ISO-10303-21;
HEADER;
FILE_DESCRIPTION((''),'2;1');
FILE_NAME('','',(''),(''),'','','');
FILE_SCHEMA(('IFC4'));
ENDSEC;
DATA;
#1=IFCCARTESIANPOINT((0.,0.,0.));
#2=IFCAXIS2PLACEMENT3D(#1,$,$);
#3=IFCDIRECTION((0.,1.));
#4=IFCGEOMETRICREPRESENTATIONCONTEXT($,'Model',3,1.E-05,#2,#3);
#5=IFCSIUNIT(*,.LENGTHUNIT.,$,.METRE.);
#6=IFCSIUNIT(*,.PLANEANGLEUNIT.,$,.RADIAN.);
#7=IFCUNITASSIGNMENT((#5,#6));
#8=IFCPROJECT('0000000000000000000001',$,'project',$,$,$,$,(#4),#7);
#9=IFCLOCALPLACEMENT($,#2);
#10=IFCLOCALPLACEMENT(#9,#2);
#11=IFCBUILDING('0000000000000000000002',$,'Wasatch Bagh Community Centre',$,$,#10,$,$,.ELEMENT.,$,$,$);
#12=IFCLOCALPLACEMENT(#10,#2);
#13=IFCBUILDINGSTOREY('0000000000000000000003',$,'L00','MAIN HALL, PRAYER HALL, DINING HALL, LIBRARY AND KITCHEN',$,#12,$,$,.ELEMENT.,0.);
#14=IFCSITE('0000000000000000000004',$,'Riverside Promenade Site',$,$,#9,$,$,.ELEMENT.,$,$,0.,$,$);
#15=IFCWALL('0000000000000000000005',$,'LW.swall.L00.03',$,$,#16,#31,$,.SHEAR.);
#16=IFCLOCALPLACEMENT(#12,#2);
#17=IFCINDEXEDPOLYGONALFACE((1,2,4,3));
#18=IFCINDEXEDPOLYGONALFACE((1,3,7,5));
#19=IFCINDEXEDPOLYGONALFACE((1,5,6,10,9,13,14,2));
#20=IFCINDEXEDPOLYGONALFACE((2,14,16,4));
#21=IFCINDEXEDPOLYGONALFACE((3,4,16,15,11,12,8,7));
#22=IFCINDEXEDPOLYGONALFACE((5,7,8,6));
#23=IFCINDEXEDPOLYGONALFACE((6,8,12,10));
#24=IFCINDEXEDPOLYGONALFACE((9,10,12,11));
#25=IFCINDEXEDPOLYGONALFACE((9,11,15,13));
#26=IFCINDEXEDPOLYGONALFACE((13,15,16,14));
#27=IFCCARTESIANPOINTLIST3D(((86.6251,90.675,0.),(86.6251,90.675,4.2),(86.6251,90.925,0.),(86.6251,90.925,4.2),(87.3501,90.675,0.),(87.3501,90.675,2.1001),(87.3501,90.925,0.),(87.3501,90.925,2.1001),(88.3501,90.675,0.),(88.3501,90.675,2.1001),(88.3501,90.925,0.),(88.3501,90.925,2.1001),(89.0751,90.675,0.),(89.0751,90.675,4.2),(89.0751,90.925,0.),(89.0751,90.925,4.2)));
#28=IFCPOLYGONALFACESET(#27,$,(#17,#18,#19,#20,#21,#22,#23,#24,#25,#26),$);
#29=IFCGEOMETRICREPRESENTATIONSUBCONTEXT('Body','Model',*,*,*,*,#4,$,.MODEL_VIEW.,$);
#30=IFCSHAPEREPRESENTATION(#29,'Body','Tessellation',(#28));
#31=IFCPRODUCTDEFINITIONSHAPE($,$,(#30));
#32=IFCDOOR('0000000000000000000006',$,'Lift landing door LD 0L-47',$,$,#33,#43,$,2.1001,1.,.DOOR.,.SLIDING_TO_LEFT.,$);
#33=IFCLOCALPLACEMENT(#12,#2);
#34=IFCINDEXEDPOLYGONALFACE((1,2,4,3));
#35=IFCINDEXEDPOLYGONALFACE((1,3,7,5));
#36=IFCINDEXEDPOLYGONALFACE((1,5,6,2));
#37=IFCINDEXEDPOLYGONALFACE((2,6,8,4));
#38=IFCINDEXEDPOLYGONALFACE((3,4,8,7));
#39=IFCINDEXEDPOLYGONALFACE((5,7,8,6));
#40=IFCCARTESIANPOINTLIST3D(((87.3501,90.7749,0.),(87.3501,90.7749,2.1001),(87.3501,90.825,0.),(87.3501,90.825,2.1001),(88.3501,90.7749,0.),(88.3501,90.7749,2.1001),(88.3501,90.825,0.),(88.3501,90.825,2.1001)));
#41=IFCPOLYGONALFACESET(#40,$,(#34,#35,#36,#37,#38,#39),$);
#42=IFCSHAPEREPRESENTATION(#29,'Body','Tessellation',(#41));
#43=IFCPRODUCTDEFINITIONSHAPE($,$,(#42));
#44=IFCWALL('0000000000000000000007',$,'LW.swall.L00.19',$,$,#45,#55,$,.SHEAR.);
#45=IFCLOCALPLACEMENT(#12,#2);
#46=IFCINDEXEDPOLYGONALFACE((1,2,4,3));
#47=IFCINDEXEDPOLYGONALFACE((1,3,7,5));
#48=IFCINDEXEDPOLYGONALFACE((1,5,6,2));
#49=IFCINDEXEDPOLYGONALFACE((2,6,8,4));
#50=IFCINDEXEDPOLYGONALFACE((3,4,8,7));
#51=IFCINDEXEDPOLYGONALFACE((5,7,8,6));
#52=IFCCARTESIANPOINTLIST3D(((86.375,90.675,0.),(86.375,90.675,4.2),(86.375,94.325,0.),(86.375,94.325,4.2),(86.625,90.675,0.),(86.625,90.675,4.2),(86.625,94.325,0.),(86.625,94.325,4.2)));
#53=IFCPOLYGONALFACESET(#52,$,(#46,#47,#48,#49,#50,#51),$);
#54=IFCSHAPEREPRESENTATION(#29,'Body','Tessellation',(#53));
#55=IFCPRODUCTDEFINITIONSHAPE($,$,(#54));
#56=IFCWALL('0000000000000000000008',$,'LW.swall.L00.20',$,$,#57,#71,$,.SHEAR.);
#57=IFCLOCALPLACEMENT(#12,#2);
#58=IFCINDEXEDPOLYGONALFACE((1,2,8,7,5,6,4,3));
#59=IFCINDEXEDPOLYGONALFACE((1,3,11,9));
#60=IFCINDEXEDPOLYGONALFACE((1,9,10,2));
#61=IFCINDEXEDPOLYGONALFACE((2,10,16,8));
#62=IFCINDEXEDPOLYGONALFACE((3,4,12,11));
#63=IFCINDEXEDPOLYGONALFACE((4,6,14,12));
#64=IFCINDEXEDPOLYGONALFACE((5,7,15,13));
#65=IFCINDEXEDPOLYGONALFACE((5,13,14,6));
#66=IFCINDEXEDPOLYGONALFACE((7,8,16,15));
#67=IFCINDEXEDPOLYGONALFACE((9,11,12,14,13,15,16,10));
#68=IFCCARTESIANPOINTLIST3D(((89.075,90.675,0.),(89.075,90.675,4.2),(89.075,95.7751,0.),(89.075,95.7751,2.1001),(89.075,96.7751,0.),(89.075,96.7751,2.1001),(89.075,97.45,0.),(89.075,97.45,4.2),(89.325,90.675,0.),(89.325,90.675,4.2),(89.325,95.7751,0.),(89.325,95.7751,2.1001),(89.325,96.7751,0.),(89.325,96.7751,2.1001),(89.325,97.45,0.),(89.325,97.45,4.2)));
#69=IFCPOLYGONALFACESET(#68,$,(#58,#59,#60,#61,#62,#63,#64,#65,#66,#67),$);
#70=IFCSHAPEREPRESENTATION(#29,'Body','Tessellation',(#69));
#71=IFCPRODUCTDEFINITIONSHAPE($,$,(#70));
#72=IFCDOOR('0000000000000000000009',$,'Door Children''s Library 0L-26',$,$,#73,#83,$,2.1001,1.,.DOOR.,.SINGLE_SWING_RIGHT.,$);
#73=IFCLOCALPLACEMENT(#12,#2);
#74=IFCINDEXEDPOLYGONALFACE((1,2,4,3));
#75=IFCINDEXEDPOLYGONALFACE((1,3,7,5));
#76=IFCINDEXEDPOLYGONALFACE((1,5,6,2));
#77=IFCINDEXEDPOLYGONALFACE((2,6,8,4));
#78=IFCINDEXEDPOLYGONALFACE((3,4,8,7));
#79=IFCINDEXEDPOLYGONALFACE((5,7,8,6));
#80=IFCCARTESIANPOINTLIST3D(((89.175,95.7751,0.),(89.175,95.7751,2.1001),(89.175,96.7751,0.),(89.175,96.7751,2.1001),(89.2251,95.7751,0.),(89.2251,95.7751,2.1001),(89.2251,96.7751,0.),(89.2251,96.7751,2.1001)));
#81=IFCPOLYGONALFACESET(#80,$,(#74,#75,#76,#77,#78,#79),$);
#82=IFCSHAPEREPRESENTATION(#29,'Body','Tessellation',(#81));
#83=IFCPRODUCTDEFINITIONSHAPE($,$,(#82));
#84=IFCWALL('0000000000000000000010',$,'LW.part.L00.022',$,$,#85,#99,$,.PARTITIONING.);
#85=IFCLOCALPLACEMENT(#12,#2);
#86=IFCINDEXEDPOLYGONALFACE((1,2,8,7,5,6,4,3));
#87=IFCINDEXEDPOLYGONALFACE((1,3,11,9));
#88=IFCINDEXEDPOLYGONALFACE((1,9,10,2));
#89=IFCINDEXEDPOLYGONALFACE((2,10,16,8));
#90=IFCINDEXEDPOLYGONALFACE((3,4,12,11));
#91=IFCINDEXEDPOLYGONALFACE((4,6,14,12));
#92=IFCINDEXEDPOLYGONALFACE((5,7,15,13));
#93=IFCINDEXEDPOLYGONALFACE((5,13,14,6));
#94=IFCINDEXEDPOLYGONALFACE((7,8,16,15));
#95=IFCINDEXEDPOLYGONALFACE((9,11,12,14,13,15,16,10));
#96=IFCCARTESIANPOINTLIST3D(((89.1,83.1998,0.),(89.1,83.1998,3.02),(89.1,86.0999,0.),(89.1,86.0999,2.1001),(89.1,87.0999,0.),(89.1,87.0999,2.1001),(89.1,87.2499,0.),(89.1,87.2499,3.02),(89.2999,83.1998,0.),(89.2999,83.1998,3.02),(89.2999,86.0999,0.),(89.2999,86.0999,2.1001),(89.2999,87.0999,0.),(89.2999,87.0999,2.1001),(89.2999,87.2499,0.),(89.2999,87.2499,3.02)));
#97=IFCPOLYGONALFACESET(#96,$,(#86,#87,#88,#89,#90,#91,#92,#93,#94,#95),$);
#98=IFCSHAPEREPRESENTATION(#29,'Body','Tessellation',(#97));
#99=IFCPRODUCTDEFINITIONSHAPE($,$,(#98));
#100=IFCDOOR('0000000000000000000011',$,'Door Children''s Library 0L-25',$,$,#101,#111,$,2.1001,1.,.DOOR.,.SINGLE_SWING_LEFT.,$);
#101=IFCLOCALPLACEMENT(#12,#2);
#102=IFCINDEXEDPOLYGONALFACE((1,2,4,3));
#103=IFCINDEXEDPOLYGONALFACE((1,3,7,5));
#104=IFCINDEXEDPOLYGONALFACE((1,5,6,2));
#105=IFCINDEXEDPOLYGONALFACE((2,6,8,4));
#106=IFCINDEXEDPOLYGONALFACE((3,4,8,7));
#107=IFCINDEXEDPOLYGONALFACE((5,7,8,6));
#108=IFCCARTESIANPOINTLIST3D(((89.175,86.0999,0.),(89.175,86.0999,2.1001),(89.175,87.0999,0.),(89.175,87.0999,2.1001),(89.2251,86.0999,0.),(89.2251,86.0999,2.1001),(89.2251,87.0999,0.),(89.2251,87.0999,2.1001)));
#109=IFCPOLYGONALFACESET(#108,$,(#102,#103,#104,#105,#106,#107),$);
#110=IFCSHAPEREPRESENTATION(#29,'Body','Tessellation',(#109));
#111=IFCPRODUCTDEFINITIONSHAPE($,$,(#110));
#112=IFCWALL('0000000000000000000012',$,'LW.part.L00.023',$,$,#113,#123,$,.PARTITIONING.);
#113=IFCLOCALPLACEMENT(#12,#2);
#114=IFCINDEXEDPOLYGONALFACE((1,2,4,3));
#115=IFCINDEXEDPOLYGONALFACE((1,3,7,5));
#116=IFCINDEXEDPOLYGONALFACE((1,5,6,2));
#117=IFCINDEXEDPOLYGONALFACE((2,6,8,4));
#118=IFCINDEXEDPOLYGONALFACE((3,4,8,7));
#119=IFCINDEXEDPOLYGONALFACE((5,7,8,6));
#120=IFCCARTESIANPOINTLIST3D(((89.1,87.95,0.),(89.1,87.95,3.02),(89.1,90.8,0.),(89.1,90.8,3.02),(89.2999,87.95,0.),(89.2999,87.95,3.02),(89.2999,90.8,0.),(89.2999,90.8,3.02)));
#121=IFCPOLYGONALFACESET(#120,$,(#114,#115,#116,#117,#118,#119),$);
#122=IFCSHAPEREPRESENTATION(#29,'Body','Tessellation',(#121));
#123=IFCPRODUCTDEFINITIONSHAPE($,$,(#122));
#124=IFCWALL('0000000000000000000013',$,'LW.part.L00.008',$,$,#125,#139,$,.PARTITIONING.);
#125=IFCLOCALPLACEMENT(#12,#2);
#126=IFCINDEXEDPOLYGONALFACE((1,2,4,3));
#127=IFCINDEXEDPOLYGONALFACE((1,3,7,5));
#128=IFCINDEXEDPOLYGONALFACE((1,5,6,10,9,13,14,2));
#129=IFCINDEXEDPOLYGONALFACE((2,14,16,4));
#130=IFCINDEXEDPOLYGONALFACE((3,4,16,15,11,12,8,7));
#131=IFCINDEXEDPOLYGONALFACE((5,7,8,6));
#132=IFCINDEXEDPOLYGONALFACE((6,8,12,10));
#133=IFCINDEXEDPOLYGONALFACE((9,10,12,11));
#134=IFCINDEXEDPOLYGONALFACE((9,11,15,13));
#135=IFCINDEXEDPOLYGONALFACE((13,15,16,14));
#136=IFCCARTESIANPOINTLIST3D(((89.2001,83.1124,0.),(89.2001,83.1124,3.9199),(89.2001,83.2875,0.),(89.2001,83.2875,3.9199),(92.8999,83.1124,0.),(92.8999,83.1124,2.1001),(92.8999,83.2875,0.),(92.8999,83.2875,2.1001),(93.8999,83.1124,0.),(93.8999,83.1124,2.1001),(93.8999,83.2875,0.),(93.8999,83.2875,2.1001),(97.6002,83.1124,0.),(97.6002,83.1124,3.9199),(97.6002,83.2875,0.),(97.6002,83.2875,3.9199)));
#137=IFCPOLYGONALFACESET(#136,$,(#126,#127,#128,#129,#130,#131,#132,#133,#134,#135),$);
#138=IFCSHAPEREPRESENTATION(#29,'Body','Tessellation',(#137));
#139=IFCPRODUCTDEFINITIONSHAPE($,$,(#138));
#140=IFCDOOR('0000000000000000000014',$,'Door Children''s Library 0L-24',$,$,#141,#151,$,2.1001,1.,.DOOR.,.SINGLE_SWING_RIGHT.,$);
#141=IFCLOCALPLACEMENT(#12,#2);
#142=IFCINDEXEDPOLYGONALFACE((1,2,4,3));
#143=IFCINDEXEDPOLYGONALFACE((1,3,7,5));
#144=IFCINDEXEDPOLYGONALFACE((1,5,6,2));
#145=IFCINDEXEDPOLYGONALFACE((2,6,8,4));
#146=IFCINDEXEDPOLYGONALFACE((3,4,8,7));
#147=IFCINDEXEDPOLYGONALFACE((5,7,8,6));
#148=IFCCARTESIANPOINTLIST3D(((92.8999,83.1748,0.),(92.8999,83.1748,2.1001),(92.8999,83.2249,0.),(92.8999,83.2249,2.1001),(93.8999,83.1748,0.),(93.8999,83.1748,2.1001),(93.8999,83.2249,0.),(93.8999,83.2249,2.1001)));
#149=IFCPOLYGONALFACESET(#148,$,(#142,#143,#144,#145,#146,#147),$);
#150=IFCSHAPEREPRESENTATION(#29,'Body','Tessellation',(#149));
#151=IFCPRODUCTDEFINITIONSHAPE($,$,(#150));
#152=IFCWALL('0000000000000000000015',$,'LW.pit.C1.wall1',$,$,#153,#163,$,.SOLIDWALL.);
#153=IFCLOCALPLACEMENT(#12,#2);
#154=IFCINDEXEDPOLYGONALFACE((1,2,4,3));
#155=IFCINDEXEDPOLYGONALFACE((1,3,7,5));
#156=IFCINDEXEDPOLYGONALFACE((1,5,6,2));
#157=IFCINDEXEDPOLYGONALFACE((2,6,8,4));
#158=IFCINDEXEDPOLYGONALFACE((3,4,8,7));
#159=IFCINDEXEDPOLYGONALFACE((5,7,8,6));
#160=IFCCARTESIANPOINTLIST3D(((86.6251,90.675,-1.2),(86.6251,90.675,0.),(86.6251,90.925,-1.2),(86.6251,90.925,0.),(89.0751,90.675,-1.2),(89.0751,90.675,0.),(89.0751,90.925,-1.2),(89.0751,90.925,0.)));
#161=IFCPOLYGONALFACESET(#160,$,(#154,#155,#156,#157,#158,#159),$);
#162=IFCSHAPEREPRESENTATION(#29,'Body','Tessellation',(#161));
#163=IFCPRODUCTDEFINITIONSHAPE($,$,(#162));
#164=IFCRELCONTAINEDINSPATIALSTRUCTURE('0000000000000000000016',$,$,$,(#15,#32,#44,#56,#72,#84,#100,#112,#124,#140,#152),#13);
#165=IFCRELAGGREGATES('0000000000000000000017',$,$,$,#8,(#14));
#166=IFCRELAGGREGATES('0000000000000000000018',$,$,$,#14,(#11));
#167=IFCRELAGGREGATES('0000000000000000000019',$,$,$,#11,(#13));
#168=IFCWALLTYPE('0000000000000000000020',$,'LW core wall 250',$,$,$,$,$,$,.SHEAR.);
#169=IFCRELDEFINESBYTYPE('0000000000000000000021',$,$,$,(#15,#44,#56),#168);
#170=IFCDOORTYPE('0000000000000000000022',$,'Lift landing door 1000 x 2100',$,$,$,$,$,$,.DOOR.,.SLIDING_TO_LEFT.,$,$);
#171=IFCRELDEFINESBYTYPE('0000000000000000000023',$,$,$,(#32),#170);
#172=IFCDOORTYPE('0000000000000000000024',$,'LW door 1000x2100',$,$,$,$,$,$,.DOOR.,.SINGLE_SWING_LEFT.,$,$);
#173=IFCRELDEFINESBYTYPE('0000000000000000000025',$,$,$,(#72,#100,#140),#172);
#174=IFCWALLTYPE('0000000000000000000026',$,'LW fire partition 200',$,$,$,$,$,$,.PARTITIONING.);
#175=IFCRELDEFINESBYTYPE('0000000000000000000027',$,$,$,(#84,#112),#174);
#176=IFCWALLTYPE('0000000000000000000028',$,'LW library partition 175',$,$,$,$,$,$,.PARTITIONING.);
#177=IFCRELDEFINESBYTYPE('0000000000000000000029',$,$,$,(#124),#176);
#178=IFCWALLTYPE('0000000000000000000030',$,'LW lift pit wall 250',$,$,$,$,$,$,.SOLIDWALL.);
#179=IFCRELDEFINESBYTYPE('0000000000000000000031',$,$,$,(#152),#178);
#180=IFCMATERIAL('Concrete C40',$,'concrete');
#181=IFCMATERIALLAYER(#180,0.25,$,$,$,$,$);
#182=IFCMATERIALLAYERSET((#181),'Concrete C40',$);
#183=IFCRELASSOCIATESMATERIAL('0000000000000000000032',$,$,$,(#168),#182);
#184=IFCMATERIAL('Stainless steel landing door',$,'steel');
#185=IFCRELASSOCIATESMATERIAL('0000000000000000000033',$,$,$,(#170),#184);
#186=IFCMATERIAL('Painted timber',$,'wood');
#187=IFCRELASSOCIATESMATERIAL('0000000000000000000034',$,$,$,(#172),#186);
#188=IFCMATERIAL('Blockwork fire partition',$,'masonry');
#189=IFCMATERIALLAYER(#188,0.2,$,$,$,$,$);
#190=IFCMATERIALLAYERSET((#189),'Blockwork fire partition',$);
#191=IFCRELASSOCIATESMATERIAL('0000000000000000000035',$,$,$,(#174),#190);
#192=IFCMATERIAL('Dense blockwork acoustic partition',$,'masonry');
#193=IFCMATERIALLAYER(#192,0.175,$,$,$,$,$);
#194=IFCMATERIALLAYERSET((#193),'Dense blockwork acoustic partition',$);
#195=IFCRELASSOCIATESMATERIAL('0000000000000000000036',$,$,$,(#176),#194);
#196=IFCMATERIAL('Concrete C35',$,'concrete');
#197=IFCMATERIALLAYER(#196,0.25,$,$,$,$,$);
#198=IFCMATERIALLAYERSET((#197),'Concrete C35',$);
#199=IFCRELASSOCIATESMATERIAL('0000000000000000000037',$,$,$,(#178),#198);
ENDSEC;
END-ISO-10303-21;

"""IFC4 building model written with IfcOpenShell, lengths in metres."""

from ifc_helpers import new_model, si_unit, direction, frame, frame_2d, origin, place, context, subcontext, project, spatial, rectangle, extrude, material, layer, layer_set, type_object, element, fill, save


model = new_model("IFC4")

# Units and contexts
model_context = context("Model", 3, precision=1e-05, world=origin(), true_north=direction((0.0, 1.0)))
body_context = subcontext(model_context, "Body", "Model", "MODEL_VIEW")
ifc_project = project(units=[si_unit("LENGTHUNIT", "METRE"), si_unit("PLANEANGLEUNIT", "RADIAN")], contexts=[model_context])

# Site, building, storey
site_placement = place(None, origin())
site = spatial("IfcSite", under=ifc_project, at=site_placement, Name="Riverside Promenade Site", CompositionType="ELEMENT", RefElevation=0.0)
building_placement = place(site_placement, origin())
building = spatial("IfcBuilding", under=site, at=building_placement, Name="Wasatch Bagh Community Centre", CompositionType="ELEMENT")
storey_placement = place(building_placement, origin())
storey = spatial("IfcBuildingStorey", under=building, at=storey_placement, Name="L00", Description="MAIN HALL, PRAYER HALL, DINING HALL, LIBRARY AND KITCHEN", CompositionType="ELEMENT", Elevation=0.0)

# Shared definitions
ifc_material_1 = material(Name="Concrete C35", Category="concrete")

# Shared definitions
ifc_material_2 = material(Name="Concrete C40", Category="concrete")

# Wall, opening, door
ifc_layer_1 = layer(ifc_material_2, 0.25)
ifc_layer_set_1 = layer_set([ifc_layer_1], Name="Concrete C40")
wall_type_1 = type_object("IfcWallType", Name="LW core wall 250", PredefinedType="SHEAR", material=ifc_layer_set_1)
wall_1_placement = place(storey_placement, frame((86.625, 90.8, 0.0), z_axis=(0.0, 0.0, 1.0), x_axis=(1.0, 0.0, 0.0)))
wall_1 = element("IfcWall", 1, at=wall_1_placement, inside=storey, type_object=wall_type_1, Name="LW.swall.L00.03", PredefinedType="SHEAR", context=body_context, shape_type="SweptSolid", body=[
    extrude(rectangle(XDim=2.45, YDim=0.25, at=frame_2d((1.2251, 0.0))), origin(), (0.0, 0.0, 1.0), 4.2),
])
opening_1_placement = place(wall_1_placement, frame((0.7251, 0.0, 0.0)))
opening_1 = element("IfcOpeningElement", 2, at=opening_1_placement, cuts=wall_1, PredefinedType="OPENING", context=body_context, shape_type="SweptSolid", body=[
    extrude(rectangle(XDim=1.0, YDim=2.1001, at=frame_2d((0.5, 1.05))), frame((0.0, 0.135, 0.0), z_axis=(0.0, -1.0, 0.0), x_axis=(1.0, 0.0, 0.0)), (0.0, 0.0, 1.0), 0.27),
])
ifc_material_3 = material(Name="Stainless steel landing door", Category="steel")
door_type_1 = type_object("IfcDoorType", Name="Lift landing door 1000 x 2100", OperationType="SLIDING_TO_LEFT", PredefinedType="DOOR", material=ifc_material_3)
door_1_placement = place(opening_1_placement, origin())
door_1 = element("IfcDoor", 3, at=door_1_placement, inside=storey, type_object=door_type_1, Name="Lift landing door LD 0L-47", OperationType="SLIDING_TO_LEFT", OverallHeight=2.1001, OverallWidth=1.0, PredefinedType="DOOR", context=body_context, shape_type="SweptSolid", body=[
    extrude(rectangle(XDim=1.0, YDim=2.1001, at=frame_2d((0.5, 1.05))), frame((0.0, 0.0249, 0.0), z_axis=(0.0, -1.0, 0.0), x_axis=(1.0, 0.0, 0.0)), (0.0, 0.0, 1.0), 0.05),
])
fill(opening_1, door_1)

# Wall
wall_2_placement = place(storey_placement, frame((86.5, 90.675, 0.0), z_axis=(0.0, 0.0, 1.0), x_axis=(0.0, 1.0, 0.0)))
element("IfcWall", 4, at=wall_2_placement, inside=storey, type_object=wall_type_1, Name="LW.swall.L00.19", PredefinedType="SHEAR", context=body_context, shape_type="SweptSolid", body=[
    extrude(rectangle(XDim=3.6499, YDim=0.25, at=frame_2d((1.825, 0.0))), origin(), (0.0, 0.0, 1.0), 4.2),
])

# Walls, openings, doors
wall_3_placement = place(storey_placement, frame((89.2, 90.675, 0.0), z_axis=(0.0, 0.0, 1.0), x_axis=(0.0, 1.0, 0.0)))
wall_3 = element("IfcWall", 5, at=wall_3_placement, inside=storey, type_object=wall_type_1, Name="LW.swall.L00.20", PredefinedType="SHEAR", context=body_context, shape_type="SweptSolid", body=[
    extrude(rectangle(XDim=6.7749, YDim=0.25, at=frame_2d((3.3875, 0.0))), origin(), (0.0, 0.0, 1.0), 4.2),
])
opening_2_placement = place(wall_3_placement, frame((5.1001, 0.0, 0.0)))
opening_2 = element("IfcOpeningElement", 6, at=opening_2_placement, cuts=wall_3, PredefinedType="OPENING", context=body_context, shape_type="SweptSolid", body=[
    extrude(rectangle(XDim=1.0, YDim=2.1001, at=frame_2d((0.5, 1.05))), frame((0.0, 0.135, 0.0), z_axis=(0.0, -1.0, 0.0), x_axis=(1.0, 0.0, 0.0)), (0.0, 0.0, 1.0), 0.27),
])
ifc_material_4 = material(Name="Painted timber", Category="wood")
door_type_2 = type_object("IfcDoorType", Name="LW door 1000x2100", OperationType="SINGLE_SWING_LEFT", PredefinedType="DOOR", material=ifc_material_4)
door_2_placement = place(opening_2_placement, origin())
door_2 = element("IfcDoor", 7, at=door_2_placement, inside=storey, type_object=door_type_2, Name="Door Children's Library 0L-26", OperationType="SINGLE_SWING_RIGHT", OverallHeight=2.1001, OverallWidth=1.0, PredefinedType="DOOR", context=body_context, shape_type="SweptSolid", body=[
    extrude(rectangle(XDim=1.0, YDim=2.1001, at=frame_2d((0.5, 1.05))), frame((0.0, 0.0249, 0.0), z_axis=(0.0, -1.0, 0.0), x_axis=(1.0, 0.0, 0.0)), (0.0, 0.0, 1.0), 0.05),
])
fill(opening_2, door_2)
ifc_material_5 = material(Name="Blockwork fire partition", Category="masonry")
ifc_layer_2 = layer(ifc_material_5, 0.2)
ifc_layer_set_2 = layer_set([ifc_layer_2], Name="Blockwork fire partition")
wall_type_2 = type_object("IfcWallType", Name="LW fire partition 200", PredefinedType="PARTITIONING", material=ifc_layer_set_2)
wall_4_placement = place(storey_placement, frame((89.2, 83.2, 0.0), z_axis=(0.0, 0.0, 1.0), x_axis=(0.0, 1.0, 0.0)))
wall_4 = element("IfcWall", 8, at=wall_4_placement, inside=storey, type_object=wall_type_2, Name="LW.part.L00.022", PredefinedType="PARTITIONING", context=body_context, shape_type="SweptSolid", body=[
    extrude(rectangle(XDim=4.05, YDim=0.2, at=frame_2d((2.0249, 0.0))), origin(), (0.0, 0.0, 1.0), 3.02),
])
opening_3_placement = place(wall_4_placement, frame((2.8999, 0.0, 0.0)))
opening_3 = element("IfcOpeningElement", 9, at=opening_3_placement, cuts=wall_4, PredefinedType="OPENING", context=body_context, shape_type="SweptSolid", body=[
    extrude(rectangle(XDim=1.0, YDim=2.1001, at=frame_2d((0.5, 1.05))), frame((0.0, 0.1099, 0.0), z_axis=(0.0, -1.0, 0.0), x_axis=(1.0, 0.0, 0.0)), (0.0, 0.0, 1.0), 0.22),
])
door_3_placement = place(opening_3_placement, origin())
door_3 = element("IfcDoor", 10, at=door_3_placement, inside=storey, type_object=door_type_2, Name="Door Children's Library 0L-25", OperationType="SINGLE_SWING_LEFT", OverallHeight=2.1001, OverallWidth=1.0, PredefinedType="DOOR", context=body_context, shape_type="SweptSolid", body=[
    extrude(rectangle(XDim=1.0, YDim=2.1001, at=frame_2d((0.5, 1.05))), frame((0.0, 0.0249, 0.0), z_axis=(0.0, -1.0, 0.0), x_axis=(1.0, 0.0, 0.0)), (0.0, 0.0, 1.0), 0.05),
])
fill(opening_3, door_3)

# Wall
wall_5_placement = place(storey_placement, frame((89.2, 87.95, 0.0), z_axis=(0.0, 0.0, 1.0), x_axis=(0.0, 1.0, 0.0)))
element("IfcWall", 11, at=wall_5_placement, inside=storey, type_object=wall_type_2, Name="LW.part.L00.023", PredefinedType="PARTITIONING", context=body_context, shape_type="SweptSolid", body=[
    extrude(rectangle(XDim=2.8501, YDim=0.2, at=frame_2d((1.425, 0.0))), origin(), (0.0, 0.0, 1.0), 3.02),
])

# Wall, opening, door
ifc_material_6 = material(Name="Dense blockwork acoustic partition", Category="masonry")
ifc_layer_3 = layer(ifc_material_6, 0.175)
ifc_layer_set_3 = layer_set([ifc_layer_3], Name="Dense blockwork acoustic partition")
wall_type_3 = type_object("IfcWallType", Name="LW library partition 175", PredefinedType="PARTITIONING", material=ifc_layer_set_3)
wall_6_placement = place(storey_placement, frame((89.2, 83.2, 0.0), z_axis=(0.0, 0.0, 1.0), x_axis=(1.0, 0.0, 0.0)))
wall_6 = element("IfcWall", 12, at=wall_6_placement, inside=storey, type_object=wall_type_3, Name="LW.part.L00.008", PredefinedType="PARTITIONING", context=body_context, shape_type="SweptSolid", body=[
    extrude(rectangle(XDim=8.4001, YDim=0.175, at=frame_2d((4.2002, 0.0))), origin(), (0.0, 0.0, 1.0), 3.9199),
])
opening_4_placement = place(wall_6_placement, frame((3.7, 0.0, 0.0)))
opening_4 = element("IfcOpeningElement", 13, at=opening_4_placement, cuts=wall_6, PredefinedType="OPENING", context=body_context, shape_type="SweptSolid", body=[
    extrude(rectangle(XDim=1.0, YDim=2.1001, at=frame_2d((0.5, 1.05))), frame((0.0, 0.0974, 0.0), z_axis=(0.0, -1.0, 0.0), x_axis=(1.0, 0.0, 0.0)), (0.0, 0.0, 1.0), 0.1951),
])
door_4_placement = place(opening_4_placement, origin())
door_4 = element("IfcDoor", 14, at=door_4_placement, inside=storey, type_object=door_type_2, Name="Door Children's Library 0L-24", OperationType="SINGLE_SWING_RIGHT", OverallHeight=2.1001, OverallWidth=1.0, PredefinedType="DOOR", context=body_context, shape_type="SweptSolid", body=[
    extrude(rectangle(XDim=1.0, YDim=2.1001, at=frame_2d((0.5, 1.05))), frame((0.0, 0.0249, 0.0), z_axis=(0.0, -1.0, 0.0), x_axis=(1.0, 0.0, 0.0)), (0.0, 0.0, 1.0), 0.05),
])
fill(opening_4, door_4)

# Wall
ifc_layer_4 = layer(ifc_material_1, 0.25)
ifc_layer_set_4 = layer_set([ifc_layer_4], Name="Concrete C35")
wall_type_4 = type_object("IfcWallType", Name="LW lift pit wall 250", PredefinedType="SOLIDWALL", material=ifc_layer_set_4)
wall_7_placement = place(storey_placement, frame((86.625, 90.8, -1.2), z_axis=(0.0, 0.0, 1.0), x_axis=(1.0, 0.0, 0.0)))
element("IfcWall", 15, at=wall_7_placement, inside=storey, type_object=wall_type_4, Name="LW.pit.C1.wall1", PredefinedType="SOLIDWALL", context=body_context, shape_type="SweptSolid", body=[
    extrude(rectangle(XDim=2.45, YDim=0.25, at=frame_2d((1.2251, 0.0))), origin(), (0.0, 0.0, 1.0), 1.2),
])

save(model, "model.ifc")
